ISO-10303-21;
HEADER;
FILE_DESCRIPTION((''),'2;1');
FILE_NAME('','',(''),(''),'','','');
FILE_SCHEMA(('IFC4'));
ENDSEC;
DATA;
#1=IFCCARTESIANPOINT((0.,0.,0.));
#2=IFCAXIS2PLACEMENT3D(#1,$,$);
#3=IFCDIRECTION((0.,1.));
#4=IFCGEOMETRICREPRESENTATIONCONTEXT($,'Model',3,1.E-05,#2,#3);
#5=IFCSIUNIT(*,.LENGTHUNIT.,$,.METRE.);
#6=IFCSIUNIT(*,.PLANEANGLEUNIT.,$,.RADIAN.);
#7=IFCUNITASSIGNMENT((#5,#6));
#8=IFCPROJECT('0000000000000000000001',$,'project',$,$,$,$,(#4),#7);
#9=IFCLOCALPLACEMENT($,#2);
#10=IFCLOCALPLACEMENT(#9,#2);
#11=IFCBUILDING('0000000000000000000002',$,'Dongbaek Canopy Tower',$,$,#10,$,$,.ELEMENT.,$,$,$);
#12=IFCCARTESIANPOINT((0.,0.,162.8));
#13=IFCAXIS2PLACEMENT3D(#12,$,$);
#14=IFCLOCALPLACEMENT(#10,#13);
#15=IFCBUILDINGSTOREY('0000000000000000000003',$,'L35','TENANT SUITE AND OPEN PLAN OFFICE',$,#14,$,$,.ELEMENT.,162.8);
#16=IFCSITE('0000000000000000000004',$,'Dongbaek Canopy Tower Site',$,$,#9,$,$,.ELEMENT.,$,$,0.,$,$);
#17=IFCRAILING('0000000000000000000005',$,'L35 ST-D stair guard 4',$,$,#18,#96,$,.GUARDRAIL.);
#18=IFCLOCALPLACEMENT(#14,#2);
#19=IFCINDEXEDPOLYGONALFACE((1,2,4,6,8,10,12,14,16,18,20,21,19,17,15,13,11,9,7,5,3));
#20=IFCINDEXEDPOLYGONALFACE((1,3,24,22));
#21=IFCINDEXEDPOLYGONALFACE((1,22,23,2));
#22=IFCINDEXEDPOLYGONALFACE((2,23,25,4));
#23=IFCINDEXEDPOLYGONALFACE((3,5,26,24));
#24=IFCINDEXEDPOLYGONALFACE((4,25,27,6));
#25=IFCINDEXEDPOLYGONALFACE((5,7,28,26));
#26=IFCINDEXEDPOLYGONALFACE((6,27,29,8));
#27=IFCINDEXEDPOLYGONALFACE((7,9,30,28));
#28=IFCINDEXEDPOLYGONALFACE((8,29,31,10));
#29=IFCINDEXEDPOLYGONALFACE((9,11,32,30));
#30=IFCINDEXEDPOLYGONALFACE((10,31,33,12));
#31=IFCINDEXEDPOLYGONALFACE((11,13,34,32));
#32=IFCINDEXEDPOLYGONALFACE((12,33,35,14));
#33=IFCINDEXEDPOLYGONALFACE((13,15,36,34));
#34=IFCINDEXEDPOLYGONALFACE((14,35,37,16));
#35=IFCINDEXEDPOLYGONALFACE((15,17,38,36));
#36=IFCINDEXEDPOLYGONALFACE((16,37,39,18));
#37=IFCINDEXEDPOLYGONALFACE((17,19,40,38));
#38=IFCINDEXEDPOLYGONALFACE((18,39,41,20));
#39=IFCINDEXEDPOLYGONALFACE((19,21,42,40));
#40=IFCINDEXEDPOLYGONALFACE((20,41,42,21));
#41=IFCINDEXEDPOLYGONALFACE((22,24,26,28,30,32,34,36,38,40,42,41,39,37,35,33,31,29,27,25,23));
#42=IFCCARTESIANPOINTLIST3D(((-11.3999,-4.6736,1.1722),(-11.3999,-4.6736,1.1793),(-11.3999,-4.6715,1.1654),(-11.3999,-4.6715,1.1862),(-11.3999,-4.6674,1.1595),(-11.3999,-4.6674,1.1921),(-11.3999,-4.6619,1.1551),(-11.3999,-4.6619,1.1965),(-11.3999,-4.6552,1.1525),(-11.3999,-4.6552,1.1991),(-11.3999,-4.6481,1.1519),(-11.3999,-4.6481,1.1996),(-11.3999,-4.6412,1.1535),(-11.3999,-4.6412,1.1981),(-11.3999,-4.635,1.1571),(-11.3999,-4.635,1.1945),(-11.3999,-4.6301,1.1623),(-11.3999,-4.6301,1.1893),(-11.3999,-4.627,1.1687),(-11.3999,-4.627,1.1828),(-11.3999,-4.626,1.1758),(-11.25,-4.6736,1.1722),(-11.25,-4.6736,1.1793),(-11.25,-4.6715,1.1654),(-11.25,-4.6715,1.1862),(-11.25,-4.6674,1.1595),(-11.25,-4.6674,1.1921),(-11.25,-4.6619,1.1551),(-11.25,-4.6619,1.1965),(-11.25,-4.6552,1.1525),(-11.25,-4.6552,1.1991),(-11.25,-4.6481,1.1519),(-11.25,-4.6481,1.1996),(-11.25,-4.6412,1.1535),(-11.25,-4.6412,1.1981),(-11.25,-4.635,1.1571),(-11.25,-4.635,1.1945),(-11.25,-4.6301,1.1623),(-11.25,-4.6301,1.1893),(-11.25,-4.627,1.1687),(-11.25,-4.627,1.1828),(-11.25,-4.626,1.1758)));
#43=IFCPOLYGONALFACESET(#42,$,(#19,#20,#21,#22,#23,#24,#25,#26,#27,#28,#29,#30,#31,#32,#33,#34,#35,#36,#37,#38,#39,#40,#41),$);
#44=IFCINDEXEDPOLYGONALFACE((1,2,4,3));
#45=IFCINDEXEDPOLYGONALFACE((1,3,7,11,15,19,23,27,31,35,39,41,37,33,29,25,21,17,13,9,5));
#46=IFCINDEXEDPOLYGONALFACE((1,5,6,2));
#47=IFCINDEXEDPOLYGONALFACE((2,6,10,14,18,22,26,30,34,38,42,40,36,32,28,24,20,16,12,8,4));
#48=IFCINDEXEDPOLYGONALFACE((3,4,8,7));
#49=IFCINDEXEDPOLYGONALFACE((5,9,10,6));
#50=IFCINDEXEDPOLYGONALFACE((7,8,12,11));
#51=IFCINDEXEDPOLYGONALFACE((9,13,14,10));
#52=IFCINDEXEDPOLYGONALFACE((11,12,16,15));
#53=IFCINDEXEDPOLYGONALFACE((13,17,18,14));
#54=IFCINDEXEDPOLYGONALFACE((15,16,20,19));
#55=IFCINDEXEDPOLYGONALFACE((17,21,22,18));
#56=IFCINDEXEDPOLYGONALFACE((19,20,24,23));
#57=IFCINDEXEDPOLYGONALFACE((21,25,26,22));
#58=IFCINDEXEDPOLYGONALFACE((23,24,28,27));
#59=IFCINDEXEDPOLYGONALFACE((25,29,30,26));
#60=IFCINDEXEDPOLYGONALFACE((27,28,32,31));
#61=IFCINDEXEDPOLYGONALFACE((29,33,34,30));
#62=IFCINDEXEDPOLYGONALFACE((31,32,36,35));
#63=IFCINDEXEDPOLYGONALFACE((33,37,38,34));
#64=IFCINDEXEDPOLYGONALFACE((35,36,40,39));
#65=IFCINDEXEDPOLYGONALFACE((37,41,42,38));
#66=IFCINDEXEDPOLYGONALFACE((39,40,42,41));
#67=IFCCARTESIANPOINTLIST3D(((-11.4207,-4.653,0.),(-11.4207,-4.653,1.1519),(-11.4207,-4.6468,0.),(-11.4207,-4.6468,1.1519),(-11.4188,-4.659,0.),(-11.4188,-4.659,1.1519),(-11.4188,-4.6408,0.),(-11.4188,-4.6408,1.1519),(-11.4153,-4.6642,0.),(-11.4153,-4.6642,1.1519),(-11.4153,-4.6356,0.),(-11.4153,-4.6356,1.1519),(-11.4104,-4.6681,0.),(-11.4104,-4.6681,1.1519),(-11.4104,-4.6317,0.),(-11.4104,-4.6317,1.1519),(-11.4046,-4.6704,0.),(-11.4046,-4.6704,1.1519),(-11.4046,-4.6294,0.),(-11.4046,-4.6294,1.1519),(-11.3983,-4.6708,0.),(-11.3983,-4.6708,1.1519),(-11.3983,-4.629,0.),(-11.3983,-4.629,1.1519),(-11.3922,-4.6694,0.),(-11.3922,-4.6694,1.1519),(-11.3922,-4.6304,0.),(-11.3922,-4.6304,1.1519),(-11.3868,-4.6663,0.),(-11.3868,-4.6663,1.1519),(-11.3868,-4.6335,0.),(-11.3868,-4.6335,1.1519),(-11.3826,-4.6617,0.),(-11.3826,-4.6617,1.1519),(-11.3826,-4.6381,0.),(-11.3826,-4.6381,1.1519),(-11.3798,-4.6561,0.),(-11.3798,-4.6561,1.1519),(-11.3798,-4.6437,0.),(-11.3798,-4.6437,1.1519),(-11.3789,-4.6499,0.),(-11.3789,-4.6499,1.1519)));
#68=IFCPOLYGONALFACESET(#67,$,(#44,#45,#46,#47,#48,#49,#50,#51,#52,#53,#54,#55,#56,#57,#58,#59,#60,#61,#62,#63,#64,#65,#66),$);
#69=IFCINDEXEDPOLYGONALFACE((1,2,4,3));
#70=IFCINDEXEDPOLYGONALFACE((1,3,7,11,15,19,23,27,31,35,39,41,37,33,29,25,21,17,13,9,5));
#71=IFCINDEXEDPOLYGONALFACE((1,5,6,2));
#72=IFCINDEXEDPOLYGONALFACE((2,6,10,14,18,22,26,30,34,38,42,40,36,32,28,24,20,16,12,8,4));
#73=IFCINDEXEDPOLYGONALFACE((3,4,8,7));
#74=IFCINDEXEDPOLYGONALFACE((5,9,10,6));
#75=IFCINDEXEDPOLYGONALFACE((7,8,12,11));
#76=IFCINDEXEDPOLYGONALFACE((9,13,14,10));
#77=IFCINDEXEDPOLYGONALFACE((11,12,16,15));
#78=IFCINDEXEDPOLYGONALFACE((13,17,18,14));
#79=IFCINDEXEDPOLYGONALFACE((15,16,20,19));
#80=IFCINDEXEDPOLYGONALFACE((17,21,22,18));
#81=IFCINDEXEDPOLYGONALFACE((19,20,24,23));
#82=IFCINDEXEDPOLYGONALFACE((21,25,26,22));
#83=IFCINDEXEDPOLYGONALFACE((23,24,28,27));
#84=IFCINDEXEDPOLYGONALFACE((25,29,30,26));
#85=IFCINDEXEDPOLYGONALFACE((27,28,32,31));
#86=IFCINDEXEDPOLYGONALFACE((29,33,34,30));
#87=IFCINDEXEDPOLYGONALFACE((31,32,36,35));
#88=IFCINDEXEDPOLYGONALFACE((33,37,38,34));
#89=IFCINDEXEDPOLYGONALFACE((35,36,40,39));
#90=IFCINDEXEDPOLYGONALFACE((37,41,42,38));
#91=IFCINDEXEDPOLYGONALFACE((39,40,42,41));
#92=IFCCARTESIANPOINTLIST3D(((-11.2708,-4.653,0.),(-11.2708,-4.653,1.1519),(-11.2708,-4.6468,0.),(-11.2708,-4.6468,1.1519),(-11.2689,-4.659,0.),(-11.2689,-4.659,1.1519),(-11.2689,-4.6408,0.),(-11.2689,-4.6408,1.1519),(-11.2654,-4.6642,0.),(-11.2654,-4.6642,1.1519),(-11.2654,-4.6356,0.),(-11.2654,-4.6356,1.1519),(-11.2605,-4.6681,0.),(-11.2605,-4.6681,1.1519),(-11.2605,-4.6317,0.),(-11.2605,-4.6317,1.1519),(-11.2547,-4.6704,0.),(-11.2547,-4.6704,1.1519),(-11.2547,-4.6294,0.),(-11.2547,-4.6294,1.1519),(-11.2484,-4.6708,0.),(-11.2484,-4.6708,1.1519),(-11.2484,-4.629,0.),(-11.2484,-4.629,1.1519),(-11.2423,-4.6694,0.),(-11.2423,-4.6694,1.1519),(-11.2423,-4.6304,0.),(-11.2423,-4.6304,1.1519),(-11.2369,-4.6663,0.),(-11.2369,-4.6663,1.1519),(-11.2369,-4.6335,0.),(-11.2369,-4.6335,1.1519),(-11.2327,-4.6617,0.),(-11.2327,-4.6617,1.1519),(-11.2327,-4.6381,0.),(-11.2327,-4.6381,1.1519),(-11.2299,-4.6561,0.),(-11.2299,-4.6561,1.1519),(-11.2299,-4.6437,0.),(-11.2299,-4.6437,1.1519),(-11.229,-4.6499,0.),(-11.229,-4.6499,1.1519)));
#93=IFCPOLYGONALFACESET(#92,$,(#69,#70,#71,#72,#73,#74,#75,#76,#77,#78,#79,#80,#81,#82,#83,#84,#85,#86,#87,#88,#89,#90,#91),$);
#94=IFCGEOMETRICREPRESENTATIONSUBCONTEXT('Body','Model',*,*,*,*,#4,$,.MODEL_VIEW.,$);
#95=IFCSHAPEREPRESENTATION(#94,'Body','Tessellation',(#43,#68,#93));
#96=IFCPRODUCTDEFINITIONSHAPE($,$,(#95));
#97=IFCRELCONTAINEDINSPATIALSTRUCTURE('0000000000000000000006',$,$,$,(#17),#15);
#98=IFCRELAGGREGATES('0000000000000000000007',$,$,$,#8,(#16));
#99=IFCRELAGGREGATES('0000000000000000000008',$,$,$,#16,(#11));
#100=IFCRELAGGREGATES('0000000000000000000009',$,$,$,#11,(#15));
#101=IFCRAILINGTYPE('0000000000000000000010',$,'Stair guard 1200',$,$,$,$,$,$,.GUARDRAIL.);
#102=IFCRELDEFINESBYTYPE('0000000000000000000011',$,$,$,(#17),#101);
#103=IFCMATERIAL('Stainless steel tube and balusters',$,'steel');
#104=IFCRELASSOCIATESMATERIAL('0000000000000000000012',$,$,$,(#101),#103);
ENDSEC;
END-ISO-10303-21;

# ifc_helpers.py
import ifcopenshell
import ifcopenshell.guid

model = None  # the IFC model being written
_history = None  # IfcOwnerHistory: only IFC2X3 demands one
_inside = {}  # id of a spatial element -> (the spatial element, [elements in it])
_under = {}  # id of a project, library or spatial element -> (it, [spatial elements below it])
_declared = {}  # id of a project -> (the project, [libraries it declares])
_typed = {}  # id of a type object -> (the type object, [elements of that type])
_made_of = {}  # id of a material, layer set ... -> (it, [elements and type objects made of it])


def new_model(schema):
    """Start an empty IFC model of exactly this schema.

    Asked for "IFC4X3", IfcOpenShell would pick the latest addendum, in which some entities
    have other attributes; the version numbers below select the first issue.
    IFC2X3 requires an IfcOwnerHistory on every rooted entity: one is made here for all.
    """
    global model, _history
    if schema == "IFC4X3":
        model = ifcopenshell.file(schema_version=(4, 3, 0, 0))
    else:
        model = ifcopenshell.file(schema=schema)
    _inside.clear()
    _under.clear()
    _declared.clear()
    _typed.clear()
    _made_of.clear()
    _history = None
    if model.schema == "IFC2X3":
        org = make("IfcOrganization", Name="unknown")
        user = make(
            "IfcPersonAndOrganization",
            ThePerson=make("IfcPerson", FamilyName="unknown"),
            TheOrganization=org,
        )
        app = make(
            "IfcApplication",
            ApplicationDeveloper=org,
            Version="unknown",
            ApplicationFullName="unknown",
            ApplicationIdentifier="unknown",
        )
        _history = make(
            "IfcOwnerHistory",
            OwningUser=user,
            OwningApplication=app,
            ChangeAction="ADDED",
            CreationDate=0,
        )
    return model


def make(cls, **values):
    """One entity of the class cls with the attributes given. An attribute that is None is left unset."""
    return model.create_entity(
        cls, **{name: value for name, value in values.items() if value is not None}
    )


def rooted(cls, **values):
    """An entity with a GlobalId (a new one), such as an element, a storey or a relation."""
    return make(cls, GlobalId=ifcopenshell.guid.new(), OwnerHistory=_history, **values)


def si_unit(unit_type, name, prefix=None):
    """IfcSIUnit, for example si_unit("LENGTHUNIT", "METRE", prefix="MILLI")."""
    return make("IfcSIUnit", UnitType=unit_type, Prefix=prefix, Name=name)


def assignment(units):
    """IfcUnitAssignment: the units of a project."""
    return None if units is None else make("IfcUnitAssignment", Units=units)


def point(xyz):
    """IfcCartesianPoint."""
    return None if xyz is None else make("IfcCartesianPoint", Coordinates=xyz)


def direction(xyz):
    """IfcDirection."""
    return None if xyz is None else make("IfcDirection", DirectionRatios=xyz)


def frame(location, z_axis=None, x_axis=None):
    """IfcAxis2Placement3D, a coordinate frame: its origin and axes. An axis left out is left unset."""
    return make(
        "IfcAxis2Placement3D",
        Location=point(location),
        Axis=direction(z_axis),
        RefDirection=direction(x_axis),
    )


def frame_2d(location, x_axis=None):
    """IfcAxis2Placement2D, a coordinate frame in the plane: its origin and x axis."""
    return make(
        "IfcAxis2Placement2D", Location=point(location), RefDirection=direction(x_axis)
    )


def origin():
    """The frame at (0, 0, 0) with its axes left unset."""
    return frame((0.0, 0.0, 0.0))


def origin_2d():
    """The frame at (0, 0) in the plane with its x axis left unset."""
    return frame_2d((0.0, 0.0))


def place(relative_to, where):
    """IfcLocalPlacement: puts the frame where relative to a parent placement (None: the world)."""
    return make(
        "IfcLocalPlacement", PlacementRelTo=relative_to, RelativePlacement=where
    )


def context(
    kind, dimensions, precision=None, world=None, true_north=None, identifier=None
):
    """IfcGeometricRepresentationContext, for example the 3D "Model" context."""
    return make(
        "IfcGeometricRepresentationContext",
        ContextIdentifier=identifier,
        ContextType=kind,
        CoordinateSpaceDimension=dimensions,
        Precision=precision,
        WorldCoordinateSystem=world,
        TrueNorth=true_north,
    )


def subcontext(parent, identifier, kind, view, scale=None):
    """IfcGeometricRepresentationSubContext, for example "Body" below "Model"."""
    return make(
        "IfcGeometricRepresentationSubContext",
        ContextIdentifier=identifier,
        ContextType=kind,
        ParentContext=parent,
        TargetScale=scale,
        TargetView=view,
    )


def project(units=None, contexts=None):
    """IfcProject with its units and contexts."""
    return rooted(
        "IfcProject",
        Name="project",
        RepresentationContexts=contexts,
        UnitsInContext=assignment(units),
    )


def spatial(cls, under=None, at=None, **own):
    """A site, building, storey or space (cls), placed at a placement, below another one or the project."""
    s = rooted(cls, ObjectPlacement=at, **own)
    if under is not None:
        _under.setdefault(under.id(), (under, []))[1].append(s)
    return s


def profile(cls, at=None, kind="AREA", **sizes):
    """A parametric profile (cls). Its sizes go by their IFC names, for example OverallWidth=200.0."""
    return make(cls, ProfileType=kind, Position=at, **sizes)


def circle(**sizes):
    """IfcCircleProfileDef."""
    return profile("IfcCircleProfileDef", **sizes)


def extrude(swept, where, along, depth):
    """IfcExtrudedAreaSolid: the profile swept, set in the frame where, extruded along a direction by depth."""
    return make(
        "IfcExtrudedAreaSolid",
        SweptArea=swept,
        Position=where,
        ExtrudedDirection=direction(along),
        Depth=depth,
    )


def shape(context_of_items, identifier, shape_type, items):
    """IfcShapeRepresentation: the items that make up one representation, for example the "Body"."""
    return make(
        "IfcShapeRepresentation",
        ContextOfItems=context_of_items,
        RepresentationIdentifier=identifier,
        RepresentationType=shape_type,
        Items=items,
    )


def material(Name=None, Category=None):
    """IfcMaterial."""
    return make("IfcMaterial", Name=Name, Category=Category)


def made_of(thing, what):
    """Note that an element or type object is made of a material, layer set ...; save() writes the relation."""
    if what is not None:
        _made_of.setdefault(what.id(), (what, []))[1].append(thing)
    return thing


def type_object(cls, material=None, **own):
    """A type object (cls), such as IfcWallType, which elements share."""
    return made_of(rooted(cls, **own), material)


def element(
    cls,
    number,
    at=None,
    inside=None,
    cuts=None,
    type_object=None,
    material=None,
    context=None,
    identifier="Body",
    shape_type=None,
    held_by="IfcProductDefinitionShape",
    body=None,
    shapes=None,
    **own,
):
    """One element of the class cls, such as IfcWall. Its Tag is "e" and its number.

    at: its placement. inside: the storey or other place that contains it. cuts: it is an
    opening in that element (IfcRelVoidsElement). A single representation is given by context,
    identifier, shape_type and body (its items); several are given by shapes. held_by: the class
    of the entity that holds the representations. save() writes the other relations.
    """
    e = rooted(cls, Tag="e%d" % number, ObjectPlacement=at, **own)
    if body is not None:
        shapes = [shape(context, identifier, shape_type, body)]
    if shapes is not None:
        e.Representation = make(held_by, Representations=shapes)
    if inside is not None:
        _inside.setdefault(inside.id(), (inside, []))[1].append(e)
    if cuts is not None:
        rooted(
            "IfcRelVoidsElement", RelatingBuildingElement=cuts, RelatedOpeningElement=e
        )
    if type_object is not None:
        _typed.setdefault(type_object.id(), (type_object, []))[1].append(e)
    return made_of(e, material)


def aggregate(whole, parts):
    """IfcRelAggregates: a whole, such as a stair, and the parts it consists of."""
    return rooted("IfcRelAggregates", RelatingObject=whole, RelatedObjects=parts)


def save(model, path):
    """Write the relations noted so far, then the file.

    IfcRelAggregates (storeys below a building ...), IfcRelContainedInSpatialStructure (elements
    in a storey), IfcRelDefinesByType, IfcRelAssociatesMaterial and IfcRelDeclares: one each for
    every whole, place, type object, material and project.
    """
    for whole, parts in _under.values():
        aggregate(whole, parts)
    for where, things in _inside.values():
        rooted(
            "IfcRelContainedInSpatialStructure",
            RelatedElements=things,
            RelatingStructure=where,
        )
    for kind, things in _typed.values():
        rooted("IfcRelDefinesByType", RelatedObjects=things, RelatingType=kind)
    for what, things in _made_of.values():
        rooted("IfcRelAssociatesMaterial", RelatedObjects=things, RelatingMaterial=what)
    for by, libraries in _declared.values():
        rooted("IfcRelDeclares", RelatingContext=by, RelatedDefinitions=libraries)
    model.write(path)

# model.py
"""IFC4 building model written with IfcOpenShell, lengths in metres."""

from ifc_helpers import new_model, si_unit, direction, frame, origin, origin_2d, place, context, subcontext, project, spatial, circle, extrude, material, type_object, element, save


model = new_model("IFC4")

# Units and contexts
model_context = context("Model", 3, precision=1e-05, world=origin(), true_north=direction((0.0, 1.0)))
body_context = subcontext(model_context, "Body", "Model", "MODEL_VIEW")
ifc_project = project(units=[si_unit("LENGTHUNIT", "METRE"), si_unit("PLANEANGLEUNIT", "RADIAN")], contexts=[model_context])

# Site, building, storey
site_placement = place(None, origin())
site = spatial("IfcSite", under=ifc_project, at=site_placement, Name="Dongbaek Canopy Tower Site", CompositionType="ELEMENT", RefElevation=0.0)
building_placement = place(site_placement, origin())
building = spatial("IfcBuilding", under=site, at=building_placement, Name="Dongbaek Canopy Tower", CompositionType="ELEMENT")
storey_placement = place(building_placement, frame((0.0, 0.0, 162.8)))
storey = spatial("IfcBuildingStorey", under=building, at=storey_placement, Name="L35", Description="TENANT SUITE AND OPEN PLAN OFFICE", CompositionType="ELEMENT", Elevation=162.8)

# Railing
ifc_material_1 = material(Name="Stainless steel tube and balusters", Category="steel")
railing_type_1 = type_object("IfcRailingType", Name="Stair guard 1200", PredefinedType="GUARDRAIL", material=ifc_material_1)
railing_1_placement = place(storey_placement, frame((-11.3999, -4.6499, 0.0)))
element("IfcRailing", 1, at=railing_1_placement, inside=storey, type_object=railing_type_1, Name="L35 ST-D stair guard 4", PredefinedType="GUARDRAIL", context=body_context, shape_type="SweptSolid", body=[
    extrude(circle(Radius=0.0239, at=origin_2d()), frame((0.0, 0.0, 1.1758), z_axis=(1.0, 0.0, 0.0), x_axis=(0.0, 1.0, 0.0)), (0.0, 0.0, 1.0), 0.1499),
    extrude(circle(Radius=0.021, at=origin_2d()), origin(), (0.0, 0.0, 1.0), 1.1519),
    extrude(circle(Radius=0.021, at=origin_2d()), frame((0.1499, 0.0, 0.0)), (0.0, 0.0, 1.0), 1.1519),
])

save(model, "model.ifc")
